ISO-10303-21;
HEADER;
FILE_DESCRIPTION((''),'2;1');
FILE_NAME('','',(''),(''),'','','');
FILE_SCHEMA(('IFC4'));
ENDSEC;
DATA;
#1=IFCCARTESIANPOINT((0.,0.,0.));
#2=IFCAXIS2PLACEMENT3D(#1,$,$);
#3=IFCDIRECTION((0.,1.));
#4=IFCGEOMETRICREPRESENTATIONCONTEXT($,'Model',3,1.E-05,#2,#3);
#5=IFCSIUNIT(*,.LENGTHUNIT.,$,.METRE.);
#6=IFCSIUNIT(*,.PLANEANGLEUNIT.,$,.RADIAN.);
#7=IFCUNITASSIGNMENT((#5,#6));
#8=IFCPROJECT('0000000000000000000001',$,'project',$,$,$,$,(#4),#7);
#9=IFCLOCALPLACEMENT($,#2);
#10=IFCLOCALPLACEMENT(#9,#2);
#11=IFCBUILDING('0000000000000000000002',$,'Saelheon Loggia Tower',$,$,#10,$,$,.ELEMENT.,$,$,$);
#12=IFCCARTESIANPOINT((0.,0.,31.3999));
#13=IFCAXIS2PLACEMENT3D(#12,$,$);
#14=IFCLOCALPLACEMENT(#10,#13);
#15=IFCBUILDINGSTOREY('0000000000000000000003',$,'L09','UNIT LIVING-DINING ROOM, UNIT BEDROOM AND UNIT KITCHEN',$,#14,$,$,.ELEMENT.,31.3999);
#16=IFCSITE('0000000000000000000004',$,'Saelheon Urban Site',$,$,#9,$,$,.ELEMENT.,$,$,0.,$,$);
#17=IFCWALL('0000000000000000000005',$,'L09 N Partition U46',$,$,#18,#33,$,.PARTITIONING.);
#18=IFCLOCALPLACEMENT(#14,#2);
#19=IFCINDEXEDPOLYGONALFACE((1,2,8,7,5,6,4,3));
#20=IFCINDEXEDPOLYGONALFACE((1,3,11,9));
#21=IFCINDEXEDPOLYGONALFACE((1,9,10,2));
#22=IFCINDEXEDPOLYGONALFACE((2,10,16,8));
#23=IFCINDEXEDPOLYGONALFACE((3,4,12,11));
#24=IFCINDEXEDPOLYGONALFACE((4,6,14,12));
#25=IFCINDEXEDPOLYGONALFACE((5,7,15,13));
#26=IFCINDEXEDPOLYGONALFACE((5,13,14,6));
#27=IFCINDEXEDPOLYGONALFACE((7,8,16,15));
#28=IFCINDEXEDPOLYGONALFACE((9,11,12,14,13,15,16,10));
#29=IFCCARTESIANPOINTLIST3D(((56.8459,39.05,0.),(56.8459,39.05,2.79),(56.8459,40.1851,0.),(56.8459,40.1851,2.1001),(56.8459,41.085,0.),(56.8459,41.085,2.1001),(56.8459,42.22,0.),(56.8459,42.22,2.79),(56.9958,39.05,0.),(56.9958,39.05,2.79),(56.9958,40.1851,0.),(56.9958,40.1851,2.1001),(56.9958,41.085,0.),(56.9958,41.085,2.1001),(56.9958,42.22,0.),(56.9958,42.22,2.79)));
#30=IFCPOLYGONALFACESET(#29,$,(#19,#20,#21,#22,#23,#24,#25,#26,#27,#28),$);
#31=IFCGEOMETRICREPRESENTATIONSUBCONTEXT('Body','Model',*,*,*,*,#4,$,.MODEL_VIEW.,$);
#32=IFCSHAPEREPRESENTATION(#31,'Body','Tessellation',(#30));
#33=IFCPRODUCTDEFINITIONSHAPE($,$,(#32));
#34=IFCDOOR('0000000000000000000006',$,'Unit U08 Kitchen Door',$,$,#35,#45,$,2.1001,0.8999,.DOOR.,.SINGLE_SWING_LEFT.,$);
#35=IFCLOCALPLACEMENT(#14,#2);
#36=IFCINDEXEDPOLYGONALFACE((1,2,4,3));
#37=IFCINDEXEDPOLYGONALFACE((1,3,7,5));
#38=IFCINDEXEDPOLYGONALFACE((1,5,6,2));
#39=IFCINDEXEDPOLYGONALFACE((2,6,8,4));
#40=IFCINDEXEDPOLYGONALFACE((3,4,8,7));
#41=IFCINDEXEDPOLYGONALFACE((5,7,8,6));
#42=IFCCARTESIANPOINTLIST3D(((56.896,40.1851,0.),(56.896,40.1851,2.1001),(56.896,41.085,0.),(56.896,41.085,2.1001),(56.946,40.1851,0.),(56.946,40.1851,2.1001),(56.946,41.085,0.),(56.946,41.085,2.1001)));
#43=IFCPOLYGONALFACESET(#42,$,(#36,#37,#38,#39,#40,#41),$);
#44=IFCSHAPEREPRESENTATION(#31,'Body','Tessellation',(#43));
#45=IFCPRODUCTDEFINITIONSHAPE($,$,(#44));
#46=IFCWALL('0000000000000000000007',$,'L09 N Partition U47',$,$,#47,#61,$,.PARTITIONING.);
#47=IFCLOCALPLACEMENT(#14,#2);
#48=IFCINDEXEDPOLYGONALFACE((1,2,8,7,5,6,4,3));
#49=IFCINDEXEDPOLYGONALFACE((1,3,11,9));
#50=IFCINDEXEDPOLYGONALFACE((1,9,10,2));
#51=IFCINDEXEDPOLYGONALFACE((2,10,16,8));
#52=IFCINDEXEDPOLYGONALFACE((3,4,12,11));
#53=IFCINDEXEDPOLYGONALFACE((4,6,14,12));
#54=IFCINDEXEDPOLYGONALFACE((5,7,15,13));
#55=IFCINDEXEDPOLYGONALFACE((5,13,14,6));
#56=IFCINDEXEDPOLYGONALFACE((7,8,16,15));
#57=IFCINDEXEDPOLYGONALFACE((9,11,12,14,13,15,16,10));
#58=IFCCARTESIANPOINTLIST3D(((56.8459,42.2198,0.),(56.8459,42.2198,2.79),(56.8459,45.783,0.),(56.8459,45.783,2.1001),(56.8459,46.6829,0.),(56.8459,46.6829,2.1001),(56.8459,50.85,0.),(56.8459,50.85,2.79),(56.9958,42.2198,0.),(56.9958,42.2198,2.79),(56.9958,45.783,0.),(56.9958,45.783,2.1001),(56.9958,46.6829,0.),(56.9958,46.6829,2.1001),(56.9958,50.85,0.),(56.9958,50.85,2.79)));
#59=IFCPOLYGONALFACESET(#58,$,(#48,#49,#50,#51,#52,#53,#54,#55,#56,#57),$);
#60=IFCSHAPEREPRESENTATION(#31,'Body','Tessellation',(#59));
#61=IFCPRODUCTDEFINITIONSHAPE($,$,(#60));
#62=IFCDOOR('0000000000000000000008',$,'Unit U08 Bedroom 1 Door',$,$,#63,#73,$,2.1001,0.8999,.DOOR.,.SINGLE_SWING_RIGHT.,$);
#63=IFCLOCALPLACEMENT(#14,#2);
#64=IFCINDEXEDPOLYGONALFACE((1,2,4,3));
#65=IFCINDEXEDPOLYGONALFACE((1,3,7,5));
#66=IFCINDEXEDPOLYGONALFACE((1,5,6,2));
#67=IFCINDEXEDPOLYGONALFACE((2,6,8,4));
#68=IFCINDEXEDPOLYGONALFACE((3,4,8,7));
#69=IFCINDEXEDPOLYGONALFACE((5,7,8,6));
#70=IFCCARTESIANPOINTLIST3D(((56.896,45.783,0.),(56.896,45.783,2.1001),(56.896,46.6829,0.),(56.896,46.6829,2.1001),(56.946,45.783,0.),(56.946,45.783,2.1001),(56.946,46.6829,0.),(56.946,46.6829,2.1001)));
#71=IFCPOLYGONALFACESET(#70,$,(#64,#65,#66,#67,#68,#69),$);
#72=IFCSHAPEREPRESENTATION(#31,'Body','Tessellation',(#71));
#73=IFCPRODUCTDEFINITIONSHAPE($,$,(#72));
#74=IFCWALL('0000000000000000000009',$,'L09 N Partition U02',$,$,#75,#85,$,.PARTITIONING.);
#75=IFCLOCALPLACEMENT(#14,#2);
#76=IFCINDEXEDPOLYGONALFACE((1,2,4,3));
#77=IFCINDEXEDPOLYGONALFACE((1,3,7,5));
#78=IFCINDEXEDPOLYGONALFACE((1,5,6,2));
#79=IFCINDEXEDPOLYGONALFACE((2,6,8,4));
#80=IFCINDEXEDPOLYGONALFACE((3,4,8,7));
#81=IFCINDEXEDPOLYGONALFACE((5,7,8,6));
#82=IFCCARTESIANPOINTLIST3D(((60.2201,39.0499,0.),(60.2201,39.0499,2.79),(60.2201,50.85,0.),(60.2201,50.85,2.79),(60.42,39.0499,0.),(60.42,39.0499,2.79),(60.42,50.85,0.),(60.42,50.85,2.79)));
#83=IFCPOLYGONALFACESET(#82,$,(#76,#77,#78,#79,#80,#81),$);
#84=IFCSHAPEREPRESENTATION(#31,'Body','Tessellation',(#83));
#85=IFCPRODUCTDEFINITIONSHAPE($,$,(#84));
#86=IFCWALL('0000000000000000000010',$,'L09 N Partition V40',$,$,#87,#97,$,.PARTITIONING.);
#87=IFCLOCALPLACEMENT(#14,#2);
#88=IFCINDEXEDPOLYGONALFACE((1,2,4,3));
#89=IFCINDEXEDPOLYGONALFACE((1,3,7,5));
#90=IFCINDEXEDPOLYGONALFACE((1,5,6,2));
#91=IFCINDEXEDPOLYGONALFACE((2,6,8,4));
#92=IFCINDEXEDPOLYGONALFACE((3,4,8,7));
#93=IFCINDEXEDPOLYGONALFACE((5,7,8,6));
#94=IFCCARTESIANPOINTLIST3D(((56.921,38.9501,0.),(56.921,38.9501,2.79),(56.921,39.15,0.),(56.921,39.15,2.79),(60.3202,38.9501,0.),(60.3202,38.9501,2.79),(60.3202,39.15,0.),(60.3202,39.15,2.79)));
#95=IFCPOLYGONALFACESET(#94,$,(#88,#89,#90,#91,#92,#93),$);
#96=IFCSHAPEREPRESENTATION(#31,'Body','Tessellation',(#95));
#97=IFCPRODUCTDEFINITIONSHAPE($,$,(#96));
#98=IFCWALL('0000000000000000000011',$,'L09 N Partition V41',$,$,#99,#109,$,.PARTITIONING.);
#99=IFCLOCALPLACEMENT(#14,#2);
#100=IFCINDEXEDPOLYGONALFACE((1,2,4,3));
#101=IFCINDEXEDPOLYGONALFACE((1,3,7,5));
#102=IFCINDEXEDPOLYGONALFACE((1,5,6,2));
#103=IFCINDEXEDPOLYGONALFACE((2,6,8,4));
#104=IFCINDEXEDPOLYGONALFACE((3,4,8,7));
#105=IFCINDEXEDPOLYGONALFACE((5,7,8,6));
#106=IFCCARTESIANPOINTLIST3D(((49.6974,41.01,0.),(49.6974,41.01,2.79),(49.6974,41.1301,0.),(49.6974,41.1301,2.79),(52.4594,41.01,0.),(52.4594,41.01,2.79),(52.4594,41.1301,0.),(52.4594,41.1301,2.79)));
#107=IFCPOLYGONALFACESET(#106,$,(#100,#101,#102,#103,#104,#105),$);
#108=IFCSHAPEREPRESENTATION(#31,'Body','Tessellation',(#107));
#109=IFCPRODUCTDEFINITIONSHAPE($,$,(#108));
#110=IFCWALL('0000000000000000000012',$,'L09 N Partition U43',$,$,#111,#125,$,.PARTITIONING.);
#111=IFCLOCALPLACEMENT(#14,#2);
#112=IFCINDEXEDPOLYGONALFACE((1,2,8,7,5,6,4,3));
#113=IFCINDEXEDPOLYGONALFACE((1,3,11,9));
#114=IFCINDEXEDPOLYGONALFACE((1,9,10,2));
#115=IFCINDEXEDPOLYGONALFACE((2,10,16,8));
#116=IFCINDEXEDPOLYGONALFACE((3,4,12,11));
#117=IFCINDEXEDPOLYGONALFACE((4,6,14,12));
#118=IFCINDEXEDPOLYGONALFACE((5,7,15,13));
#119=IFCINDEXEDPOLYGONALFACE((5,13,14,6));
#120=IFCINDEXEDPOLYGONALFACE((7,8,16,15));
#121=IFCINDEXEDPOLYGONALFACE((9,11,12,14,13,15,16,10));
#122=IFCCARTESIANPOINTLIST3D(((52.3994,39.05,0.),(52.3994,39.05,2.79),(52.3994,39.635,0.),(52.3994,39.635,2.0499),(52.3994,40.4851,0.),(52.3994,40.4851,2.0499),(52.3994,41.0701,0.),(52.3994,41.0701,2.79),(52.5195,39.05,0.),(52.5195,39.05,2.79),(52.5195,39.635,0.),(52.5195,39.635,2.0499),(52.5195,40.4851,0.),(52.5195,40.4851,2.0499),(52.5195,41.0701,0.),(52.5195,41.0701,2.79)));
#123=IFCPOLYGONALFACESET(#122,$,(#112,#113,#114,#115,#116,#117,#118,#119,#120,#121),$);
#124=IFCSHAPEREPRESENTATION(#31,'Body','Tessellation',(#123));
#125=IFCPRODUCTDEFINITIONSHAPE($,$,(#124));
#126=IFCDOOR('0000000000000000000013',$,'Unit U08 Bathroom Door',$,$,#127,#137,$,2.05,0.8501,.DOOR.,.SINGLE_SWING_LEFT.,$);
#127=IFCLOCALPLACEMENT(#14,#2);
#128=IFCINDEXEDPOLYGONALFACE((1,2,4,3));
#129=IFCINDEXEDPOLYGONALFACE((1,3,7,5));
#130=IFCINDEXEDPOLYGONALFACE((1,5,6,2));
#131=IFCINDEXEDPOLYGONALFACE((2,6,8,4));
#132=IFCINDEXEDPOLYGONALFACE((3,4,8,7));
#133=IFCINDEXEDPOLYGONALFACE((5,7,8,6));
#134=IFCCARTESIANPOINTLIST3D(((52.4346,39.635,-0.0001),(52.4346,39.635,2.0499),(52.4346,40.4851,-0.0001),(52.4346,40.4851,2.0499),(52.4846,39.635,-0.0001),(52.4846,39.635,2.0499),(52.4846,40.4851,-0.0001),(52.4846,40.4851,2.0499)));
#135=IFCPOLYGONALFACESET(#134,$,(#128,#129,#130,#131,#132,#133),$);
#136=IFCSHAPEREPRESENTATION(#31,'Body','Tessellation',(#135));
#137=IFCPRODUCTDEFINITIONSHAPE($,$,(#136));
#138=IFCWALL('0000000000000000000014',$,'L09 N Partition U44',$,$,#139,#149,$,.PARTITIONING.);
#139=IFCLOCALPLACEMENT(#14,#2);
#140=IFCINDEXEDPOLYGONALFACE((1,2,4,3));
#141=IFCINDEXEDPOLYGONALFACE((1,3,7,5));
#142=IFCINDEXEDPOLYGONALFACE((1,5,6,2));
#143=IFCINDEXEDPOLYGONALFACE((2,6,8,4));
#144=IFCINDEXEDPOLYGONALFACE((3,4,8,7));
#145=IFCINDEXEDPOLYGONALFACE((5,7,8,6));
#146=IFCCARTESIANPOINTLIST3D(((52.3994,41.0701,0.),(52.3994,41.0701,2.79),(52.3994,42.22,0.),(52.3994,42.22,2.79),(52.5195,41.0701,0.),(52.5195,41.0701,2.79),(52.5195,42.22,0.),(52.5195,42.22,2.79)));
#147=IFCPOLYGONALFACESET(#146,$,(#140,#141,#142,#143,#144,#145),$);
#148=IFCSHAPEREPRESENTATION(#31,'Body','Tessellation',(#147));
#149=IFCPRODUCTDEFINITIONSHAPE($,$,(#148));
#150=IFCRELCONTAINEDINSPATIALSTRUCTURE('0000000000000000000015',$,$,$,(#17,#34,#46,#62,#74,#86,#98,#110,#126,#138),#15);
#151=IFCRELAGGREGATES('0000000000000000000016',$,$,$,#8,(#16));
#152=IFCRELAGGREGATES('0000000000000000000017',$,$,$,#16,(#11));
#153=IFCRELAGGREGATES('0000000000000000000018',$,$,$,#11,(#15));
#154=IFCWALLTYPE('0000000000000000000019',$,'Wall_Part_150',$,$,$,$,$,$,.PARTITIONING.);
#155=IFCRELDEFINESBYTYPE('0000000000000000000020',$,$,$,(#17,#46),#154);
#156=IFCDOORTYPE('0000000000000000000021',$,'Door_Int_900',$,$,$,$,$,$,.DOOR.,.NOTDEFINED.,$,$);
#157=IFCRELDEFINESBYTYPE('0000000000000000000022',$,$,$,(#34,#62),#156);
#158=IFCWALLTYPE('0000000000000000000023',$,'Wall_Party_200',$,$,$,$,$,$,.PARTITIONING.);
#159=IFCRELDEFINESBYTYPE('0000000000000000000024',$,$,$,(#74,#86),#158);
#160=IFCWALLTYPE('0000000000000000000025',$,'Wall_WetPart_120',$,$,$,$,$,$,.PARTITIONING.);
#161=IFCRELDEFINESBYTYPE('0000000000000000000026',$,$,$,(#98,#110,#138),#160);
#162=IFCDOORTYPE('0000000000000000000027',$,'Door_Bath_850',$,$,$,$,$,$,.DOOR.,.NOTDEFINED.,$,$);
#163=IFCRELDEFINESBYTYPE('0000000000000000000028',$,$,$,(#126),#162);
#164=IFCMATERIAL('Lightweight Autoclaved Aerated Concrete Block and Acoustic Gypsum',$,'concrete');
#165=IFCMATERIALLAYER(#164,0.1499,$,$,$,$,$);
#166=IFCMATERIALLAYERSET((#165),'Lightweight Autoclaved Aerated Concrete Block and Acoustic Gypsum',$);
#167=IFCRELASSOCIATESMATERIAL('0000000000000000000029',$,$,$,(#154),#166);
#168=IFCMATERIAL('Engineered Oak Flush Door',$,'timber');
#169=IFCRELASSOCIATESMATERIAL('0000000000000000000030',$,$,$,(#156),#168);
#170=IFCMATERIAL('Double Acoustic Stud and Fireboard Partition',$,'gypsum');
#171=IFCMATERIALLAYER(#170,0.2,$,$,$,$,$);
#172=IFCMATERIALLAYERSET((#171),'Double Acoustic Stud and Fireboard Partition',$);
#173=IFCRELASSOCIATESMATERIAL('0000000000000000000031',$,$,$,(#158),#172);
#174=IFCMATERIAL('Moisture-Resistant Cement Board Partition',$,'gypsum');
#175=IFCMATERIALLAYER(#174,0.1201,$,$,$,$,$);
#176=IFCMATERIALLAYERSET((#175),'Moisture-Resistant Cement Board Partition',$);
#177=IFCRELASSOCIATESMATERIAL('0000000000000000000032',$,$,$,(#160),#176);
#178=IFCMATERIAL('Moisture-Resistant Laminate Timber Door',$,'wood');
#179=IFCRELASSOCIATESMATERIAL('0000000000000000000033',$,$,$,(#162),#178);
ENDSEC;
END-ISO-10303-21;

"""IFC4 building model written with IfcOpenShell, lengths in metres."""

from ifc_helpers import new_model, si_unit, direction, frame, frame_2d, origin, place, context, subcontext, project, spatial, rectangle, extrude, source, transform, mapped, material, layer, layer_set, type_object, element, fill, save


model = new_model("IFC4")

# Units and contexts
model_context = context("Model", 3, precision=1e-05, world=origin(), true_north=direction((0.0, 1.0)))
body_context = subcontext(model_context, "Body", "Model", "MODEL_VIEW")
ifc_project = project(units=[si_unit("LENGTHUNIT", "METRE"), si_unit("PLANEANGLEUNIT", "RADIAN")], contexts=[model_context])

# Site, building, storey
site_placement = place(None, origin())
site = spatial("IfcSite", under=ifc_project, at=site_placement, Name="Saelheon Urban Site", CompositionType="ELEMENT", RefElevation=0.0)
building_placement = place(site_placement, origin())
building = spatial("IfcBuilding", under=site, at=building_placement, Name="Saelheon Loggia Tower", CompositionType="ELEMENT")
storey_placement = place(building_placement, frame((0.0, 0.0, 31.3999)))
storey = spatial("IfcBuildingStorey", under=building, at=storey_placement, Name="L09", Description="UNIT LIVING-DINING ROOM, UNIT BEDROOM AND UNIT KITCHEN", CompositionType="ELEMENT", Elevation=31.3999)

# Shared definitions
ifc_material_1 = material(Name="Lightweight Autoclaved Aerated Concrete Block and Acoustic Gypsum", Category="concrete")
ifc_layer_1 = layer(ifc_material_1, 0.1499)
ifc_layer_set_1 = layer_set([ifc_layer_1], Name="Lightweight Autoclaved Aerated Concrete Block and Acoustic Gypsum")
wall_type_1 = type_object("IfcWallType", Name="Wall_Part_150", PredefinedType="PARTITIONING", material=ifc_layer_set_1)

# Shared definitions
ifc_material_2 = material(Name="Engineered Oak Flush Door", Category="timber")
door_type_1 = type_object("IfcDoorType", Name="Door_Int_900", OperationType="NOTDEFINED", PredefinedType="DOOR", material=ifc_material_2)
shared_shape_1 = source(origin(), body_context, "Body", "SweptSolid", [
    extrude(rectangle(XDim=0.8999, YDim=2.1001, at=frame_2d((0.45, 1.05))), frame((0.0, 0.0249, 0.0), z_axis=(0.0, -1.0, 0.0), x_axis=(1.0, 0.0, 0.0)), (0.0, 0.0, 1.0), 0.05),
])

# Walls, openings, doors
wall_1_placement = place(storey_placement, frame((56.9209, 39.05, 0.0), z_axis=(0.0, 0.0, 1.0), x_axis=(0.0, 1.0, 0.0)))
wall_1 = element("IfcWall", 1, at=wall_1_placement, inside=storey, type_object=wall_type_1, Name="L09 N Partition U46", PredefinedType="PARTITIONING", context=body_context, shape_type="SweptSolid", body=[
    extrude(rectangle(XDim=3.1699, YDim=0.1499, at=frame_2d((1.585, 0.0))), origin(), (0.0, 0.0, 1.0), 2.79),
])
opening_1_placement = place(wall_1_placement, frame((1.135, 0.0, 0.0)))
opening_1 = element("IfcOpeningElement", 2, at=opening_1_placement, cuts=wall_1, PredefinedType="OPENING", context=body_context, shape_type="SweptSolid", body=[
    extrude(rectangle(XDim=0.8999, YDim=2.1001, at=frame_2d((0.45, 1.05))), frame((0.0, 0.0869, 0.0), z_axis=(0.0, -1.0, 0.0), x_axis=(1.0, 0.0, 0.0)), (0.0, 0.0, 1.0), 0.1738),
])
door_1_placement = place(opening_1_placement, origin())
door_1 = element("IfcDoor", 3, at=door_1_placement, inside=storey, type_object=door_type_1, Name="Unit U08 Kitchen Door", OperationType="SINGLE_SWING_LEFT", OverallHeight=2.1001, OverallWidth=0.8999, PredefinedType="DOOR", context=body_context, shape_type="MappedRepresentation", body=[
    mapped(shared_shape_1, transform((0.0, 0.0, 0.0), scale=1.0)),
])
fill(opening_1, door_1)
wall_2_placement = place(storey_placement, frame((56.9209, 42.22, 0.0), z_axis=(0.0, 0.0, 1.0), x_axis=(0.0, 1.0, 0.0)))
wall_2 = element("IfcWall", 4, at=wall_2_placement, inside=storey, type_object=wall_type_1, Name="L09 N Partition U47", PredefinedType="PARTITIONING", context=body_context, shape_type="SweptSolid", body=[
    extrude(rectangle(XDim=8.6301, YDim=0.1499, at=frame_2d((4.3149, 0.0))), origin(), (0.0, 0.0, 1.0), 2.79),
])
opening_2_placement = place(wall_2_placement, frame((3.563, 0.0, 0.0)))
opening_2 = element("IfcOpeningElement", 5, at=opening_2_placement, cuts=wall_2, PredefinedType="OPENING", context=body_context, shape_type="SweptSolid", body=[
    extrude(rectangle(XDim=0.8999, YDim=2.1001, at=frame_2d((0.45, 1.05))), frame((0.0, 0.0869, 0.0), z_axis=(0.0, -1.0, 0.0), x_axis=(1.0, 0.0, 0.0)), (0.0, 0.0, 1.0), 0.1738),
])
door_2_placement = place(opening_2_placement, origin())
door_2 = element("IfcDoor", 6, at=door_2_placement, inside=storey, type_object=door_type_1, Name="Unit U08 Bedroom 1 Door", OperationType="SINGLE_SWING_RIGHT", OverallHeight=2.1001, OverallWidth=0.8999, PredefinedType="DOOR", context=body_context, shape_type="MappedRepresentation", body=[
    mapped(shared_shape_1, transform((0.0, 0.0, 0.0), scale=1.0)),
])
fill(opening_2, door_2)

# Wall
ifc_material_3 = material(Name="Double Acoustic Stud and Fireboard Partition", Category="gypsum")
ifc_layer_2 = layer(ifc_material_3, 0.2)
ifc_layer_set_2 = layer_set([ifc_layer_2], Name="Double Acoustic Stud and Fireboard Partition")
wall_type_2 = type_object("IfcWallType", Name="Wall_Party_200", PredefinedType="PARTITIONING", material=ifc_layer_set_2)
wall_3_placement = place(storey_placement, frame((60.3201, 39.05, 0.0), z_axis=(0.0, 0.0, 1.0), x_axis=(0.0, 1.0, 0.0)))
element("IfcWall", 7, at=wall_3_placement, inside=storey, type_object=wall_type_2, Name="L09 N Partition U02", PredefinedType="PARTITIONING", context=body_context, shape_type="SweptSolid", body=[
    extrude(rectangle(XDim=11.8, YDim=0.2, at=frame_2d((5.8999, 0.0))), origin(), (0.0, 0.0, 1.0), 2.79),
])

# Walls
wall_4_placement = place(storey_placement, frame((56.9209, 39.05, 0.0), z_axis=(0.0, 0.0, 1.0), x_axis=(1.0, 0.0, 0.0)))
element("IfcWall", 8, at=wall_4_placement, inside=storey, type_object=wall_type_2, Name="L09 N Partition V40", PredefinedType="PARTITIONING", context=body_context, shape_type="SweptSolid", body=[
    extrude(rectangle(XDim=3.3992, YDim=0.2, at=frame_2d((1.6997, 0.0))), origin(), (0.0, 0.0, 1.0), 2.79),
])
ifc_material_4 = material(Name="Moisture-Resistant Cement Board Partition", Category="gypsum")
ifc_layer_3 = layer(ifc_material_4, 0.1201)
ifc_layer_set_3 = layer_set([ifc_layer_3], Name="Moisture-Resistant Cement Board Partition")
wall_type_3 = type_object("IfcWallType", Name="Wall_WetPart_120", PredefinedType="PARTITIONING", material=ifc_layer_set_3)
wall_5_placement = place(storey_placement, frame((49.6975, 41.0701, 0.0), z_axis=(0.0, 0.0, 1.0), x_axis=(1.0, 0.0, 0.0)))
element("IfcWall", 9, at=wall_5_placement, inside=storey, type_object=wall_type_3, Name="L09 N Partition V41", PredefinedType="PARTITIONING", context=body_context, shape_type="SweptSolid", body=[
    extrude(rectangle(XDim=2.762, YDim=0.1201, at=frame_2d((1.3809, 0.0))), origin(), (0.0, 0.0, 1.0), 2.79),
])

# Wall, opening, door
wall_6_placement = place(storey_placement, frame((52.4595, 39.05, 0.0), z_axis=(0.0, 0.0, 1.0), x_axis=(0.0, 1.0, 0.0)))
wall_6 = element("IfcWall", 10, at=wall_6_placement, inside=storey, type_object=wall_type_3, Name="L09 N Partition U43", PredefinedType="PARTITIONING", context=body_context, shape_type="SweptSolid", body=[
    extrude(rectangle(XDim=2.02, YDim=0.1201, at=frame_2d((1.01, 0.0))), origin(), (0.0, 0.0, 1.0), 2.79),
])
opening_3_placement = place(wall_6_placement, frame((0.585, 0.0, 0.0)))
opening_3 = element("IfcOpeningElement", 11, at=opening_3_placement, cuts=wall_6, PredefinedType="OPENING", context=body_context, shape_type="SweptSolid", body=[
    extrude(rectangle(XDim=0.8501, YDim=2.05, at=frame_2d((0.425, 1.0249))), frame((0.0, 0.072, 0.0), z_axis=(0.0, -1.0, 0.0), x_axis=(1.0, 0.0, 0.0)), (0.0, 0.0, 1.0), 0.144),
])
ifc_material_5 = material(Name="Moisture-Resistant Laminate Timber Door", Category="wood")
door_type_2 = type_object("IfcDoorType", Name="Door_Bath_850", OperationType="NOTDEFINED", PredefinedType="DOOR", material=ifc_material_5)
shared_shape_2 = source(origin(), body_context, "Body", "SweptSolid", [
    extrude(rectangle(XDim=0.8501, YDim=2.05, at=frame_2d((0.425, 1.0249))), frame((0.0, 0.0249, 0.0), z_axis=(0.0, -1.0, 0.0), x_axis=(1.0, 0.0, 0.0)), (0.0, 0.0, 1.0), 0.05),
])
door_3_placement = place(opening_3_placement, origin())
door_3 = element("IfcDoor", 12, at=door_3_placement, inside=storey, type_object=door_type_2, Name="Unit U08 Bathroom Door", OperationType="SINGLE_SWING_LEFT", OverallHeight=2.05, OverallWidth=0.8501, PredefinedType="DOOR", context=body_context, shape_type="MappedRepresentation", body=[
    mapped(shared_shape_2, transform((0.0, 0.0, 0.0), scale=1.0)),
])
fill(opening_3, door_3)

# Wall
wall_7_placement = place(storey_placement, frame((52.4595, 41.0701, 0.0), z_axis=(0.0, 0.0, 1.0), x_axis=(0.0, 1.0, 0.0)))
element("IfcWall", 13, at=wall_7_placement, inside=storey, type_object=wall_type_3, Name="L09 N Partition U44", PredefinedType="PARTITIONING", context=body_context, shape_type="SweptSolid", body=[
    extrude(rectangle(XDim=1.1499, YDim=0.1201, at=frame_2d((0.575, 0.0))), origin(), (0.0, 0.0, 1.0), 2.79),
])

save(model, "model.ifc")
